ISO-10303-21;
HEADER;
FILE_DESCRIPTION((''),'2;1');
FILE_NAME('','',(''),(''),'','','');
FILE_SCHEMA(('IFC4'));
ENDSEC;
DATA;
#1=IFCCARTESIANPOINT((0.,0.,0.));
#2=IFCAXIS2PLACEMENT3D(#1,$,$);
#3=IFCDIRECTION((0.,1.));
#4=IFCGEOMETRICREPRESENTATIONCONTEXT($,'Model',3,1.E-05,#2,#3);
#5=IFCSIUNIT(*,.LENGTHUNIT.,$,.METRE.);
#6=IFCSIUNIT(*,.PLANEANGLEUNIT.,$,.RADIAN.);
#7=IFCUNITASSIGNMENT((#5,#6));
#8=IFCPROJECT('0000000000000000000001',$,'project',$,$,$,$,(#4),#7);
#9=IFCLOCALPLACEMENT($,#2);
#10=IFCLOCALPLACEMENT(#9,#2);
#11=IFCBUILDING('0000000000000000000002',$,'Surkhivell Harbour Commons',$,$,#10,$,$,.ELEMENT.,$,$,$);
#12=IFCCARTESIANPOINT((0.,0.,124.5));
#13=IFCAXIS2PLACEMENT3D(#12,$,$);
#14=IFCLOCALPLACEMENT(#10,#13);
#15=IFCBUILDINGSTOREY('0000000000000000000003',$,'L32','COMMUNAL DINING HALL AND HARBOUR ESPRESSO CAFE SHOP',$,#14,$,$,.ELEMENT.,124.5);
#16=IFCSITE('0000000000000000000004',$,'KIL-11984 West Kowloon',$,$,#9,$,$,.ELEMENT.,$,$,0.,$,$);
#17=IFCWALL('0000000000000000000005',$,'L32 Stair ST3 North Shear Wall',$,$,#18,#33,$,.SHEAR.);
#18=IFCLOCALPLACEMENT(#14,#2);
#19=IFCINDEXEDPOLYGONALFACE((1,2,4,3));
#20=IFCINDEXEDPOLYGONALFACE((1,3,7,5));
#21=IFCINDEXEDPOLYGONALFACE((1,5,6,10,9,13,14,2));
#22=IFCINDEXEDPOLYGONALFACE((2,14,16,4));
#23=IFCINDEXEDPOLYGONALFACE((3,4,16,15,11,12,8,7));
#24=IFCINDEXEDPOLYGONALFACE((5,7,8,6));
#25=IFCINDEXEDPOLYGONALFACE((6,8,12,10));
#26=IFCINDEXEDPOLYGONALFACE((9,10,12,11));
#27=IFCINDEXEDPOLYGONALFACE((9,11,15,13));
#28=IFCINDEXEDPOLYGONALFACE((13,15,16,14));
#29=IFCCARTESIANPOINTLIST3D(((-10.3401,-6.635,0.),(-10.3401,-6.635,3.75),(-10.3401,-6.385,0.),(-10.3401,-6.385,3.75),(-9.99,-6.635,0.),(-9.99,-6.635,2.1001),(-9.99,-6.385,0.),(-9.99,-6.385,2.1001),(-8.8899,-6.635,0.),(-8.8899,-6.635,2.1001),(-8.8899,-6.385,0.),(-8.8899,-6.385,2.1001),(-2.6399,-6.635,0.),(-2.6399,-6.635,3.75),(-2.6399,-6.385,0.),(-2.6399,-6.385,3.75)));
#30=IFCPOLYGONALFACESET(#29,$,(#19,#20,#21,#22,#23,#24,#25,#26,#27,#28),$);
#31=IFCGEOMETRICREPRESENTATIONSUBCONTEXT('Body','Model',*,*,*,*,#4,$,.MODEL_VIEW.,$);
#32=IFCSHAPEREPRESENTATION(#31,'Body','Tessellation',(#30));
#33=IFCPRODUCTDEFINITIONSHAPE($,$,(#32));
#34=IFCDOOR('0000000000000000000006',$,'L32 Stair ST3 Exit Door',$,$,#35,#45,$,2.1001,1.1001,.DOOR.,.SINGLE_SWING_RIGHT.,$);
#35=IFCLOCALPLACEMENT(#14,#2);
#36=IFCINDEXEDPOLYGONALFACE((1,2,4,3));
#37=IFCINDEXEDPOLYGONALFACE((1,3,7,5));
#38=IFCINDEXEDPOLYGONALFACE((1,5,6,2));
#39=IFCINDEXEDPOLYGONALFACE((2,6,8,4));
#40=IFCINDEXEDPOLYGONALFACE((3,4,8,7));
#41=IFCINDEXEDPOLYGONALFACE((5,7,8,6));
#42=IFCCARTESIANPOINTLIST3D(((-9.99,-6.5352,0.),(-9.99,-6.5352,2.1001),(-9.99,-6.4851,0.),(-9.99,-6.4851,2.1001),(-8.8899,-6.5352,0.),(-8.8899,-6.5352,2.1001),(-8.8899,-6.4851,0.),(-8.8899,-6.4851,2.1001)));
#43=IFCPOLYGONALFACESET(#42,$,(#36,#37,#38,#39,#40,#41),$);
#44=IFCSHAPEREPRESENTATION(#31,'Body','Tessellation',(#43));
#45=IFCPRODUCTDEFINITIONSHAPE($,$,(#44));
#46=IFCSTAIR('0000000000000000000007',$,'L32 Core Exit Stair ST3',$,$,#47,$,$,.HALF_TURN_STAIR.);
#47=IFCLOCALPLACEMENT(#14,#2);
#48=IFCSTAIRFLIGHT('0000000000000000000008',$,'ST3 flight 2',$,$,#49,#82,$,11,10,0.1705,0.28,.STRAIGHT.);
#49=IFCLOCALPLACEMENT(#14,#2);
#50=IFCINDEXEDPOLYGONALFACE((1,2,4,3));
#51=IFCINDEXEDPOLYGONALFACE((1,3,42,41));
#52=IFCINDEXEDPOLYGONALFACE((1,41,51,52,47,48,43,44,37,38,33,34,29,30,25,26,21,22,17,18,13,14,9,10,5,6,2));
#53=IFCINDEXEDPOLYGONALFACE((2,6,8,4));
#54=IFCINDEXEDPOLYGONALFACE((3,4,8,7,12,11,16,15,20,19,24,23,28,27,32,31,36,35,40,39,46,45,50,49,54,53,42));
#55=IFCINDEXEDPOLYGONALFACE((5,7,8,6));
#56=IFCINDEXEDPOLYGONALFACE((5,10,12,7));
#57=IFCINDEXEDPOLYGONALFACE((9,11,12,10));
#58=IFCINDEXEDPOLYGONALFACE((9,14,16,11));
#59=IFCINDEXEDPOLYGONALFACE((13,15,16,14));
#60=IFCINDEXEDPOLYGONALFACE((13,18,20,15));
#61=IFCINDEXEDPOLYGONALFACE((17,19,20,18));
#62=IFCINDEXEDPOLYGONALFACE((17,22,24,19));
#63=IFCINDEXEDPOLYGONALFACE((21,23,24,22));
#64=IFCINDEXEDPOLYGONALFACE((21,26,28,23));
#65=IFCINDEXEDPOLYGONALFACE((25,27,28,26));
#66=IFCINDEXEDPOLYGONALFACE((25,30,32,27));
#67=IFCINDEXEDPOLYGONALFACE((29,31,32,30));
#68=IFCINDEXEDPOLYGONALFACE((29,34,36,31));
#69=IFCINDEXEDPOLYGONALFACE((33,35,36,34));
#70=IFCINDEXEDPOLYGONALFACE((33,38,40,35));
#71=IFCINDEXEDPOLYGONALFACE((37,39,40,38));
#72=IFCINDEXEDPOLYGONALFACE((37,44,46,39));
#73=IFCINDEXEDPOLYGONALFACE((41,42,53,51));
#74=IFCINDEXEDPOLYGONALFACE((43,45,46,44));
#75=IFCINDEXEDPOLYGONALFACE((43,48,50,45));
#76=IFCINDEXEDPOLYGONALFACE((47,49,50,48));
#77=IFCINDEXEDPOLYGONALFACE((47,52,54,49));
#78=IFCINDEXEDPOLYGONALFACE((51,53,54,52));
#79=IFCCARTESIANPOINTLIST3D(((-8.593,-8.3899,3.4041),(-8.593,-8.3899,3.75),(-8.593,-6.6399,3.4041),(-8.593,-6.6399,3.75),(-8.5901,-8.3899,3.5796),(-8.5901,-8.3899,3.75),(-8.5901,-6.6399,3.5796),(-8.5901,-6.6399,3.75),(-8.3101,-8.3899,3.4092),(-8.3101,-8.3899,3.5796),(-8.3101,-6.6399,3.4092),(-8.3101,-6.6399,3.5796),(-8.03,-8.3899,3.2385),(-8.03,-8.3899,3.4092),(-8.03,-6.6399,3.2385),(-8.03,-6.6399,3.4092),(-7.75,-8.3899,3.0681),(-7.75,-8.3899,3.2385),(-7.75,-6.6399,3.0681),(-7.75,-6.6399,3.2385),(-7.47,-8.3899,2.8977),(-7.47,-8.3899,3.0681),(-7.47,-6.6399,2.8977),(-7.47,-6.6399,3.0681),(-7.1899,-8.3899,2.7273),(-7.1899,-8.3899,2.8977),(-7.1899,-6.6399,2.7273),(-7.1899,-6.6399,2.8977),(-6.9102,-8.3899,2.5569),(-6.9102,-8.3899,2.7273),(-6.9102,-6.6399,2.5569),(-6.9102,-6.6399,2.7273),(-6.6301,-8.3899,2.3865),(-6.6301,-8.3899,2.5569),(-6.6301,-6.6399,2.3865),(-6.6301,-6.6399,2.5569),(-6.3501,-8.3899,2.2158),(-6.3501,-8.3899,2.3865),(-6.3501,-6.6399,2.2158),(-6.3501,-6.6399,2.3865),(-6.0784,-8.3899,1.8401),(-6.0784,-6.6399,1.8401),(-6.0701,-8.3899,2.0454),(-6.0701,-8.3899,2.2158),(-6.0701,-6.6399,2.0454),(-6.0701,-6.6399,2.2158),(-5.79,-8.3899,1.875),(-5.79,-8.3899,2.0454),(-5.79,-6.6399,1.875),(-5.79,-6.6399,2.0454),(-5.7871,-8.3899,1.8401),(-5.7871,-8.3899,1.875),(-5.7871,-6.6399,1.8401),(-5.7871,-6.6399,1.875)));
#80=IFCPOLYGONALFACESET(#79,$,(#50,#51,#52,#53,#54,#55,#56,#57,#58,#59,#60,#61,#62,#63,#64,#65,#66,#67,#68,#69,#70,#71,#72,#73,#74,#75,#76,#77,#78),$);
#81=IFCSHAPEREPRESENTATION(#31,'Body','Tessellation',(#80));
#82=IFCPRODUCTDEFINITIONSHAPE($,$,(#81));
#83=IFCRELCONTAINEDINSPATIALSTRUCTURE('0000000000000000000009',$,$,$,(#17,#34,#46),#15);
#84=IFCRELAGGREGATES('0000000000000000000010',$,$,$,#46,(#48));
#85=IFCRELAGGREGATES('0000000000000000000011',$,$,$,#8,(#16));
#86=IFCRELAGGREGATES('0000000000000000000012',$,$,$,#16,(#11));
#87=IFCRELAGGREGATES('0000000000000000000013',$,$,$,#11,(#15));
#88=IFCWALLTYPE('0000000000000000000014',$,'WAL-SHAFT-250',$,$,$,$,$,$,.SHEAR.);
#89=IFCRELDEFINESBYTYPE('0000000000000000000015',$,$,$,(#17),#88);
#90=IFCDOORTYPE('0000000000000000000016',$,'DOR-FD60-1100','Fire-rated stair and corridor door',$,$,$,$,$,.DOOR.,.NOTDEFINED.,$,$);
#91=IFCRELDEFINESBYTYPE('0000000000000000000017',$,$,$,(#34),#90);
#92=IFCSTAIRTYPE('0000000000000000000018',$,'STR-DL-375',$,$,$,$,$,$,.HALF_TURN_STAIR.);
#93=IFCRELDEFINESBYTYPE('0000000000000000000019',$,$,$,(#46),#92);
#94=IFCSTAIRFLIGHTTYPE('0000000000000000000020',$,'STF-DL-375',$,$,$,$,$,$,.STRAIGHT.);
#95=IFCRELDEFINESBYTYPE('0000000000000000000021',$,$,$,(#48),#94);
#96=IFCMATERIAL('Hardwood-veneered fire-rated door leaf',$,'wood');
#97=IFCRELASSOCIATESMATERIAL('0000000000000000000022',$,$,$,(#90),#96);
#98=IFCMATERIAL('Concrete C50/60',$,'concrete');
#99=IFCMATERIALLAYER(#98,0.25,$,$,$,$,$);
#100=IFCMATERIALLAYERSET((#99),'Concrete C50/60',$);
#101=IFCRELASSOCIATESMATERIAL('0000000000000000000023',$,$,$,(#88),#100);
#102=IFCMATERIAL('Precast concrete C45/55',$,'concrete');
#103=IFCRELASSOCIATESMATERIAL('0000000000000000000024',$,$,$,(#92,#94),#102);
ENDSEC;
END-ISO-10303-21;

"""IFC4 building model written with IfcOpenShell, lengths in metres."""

from ifc_helpers import new_model, si_unit, direction, frame, frame_2d, origin, place, context, subcontext, project, spatial, polyline, rectangle, outline, extrude, material, layer, layer_set, type_object, element, fill, aggregate, save


model = new_model("IFC4")

# Units and contexts
model_context = context("Model", 3, precision=1e-05, world=origin(), true_north=direction((0.0, 1.0)))
body_context = subcontext(model_context, "Body", "Model", "MODEL_VIEW")
ifc_project = project(units=[si_unit("LENGTHUNIT", "METRE"), si_unit("PLANEANGLEUNIT", "RADIAN")], contexts=[model_context])

# Site, building, storey
site_placement = place(None, origin())
site = spatial("IfcSite", under=ifc_project, at=site_placement, Name="KIL-11984 West Kowloon", CompositionType="ELEMENT", RefElevation=0.0)
building_placement = place(site_placement, origin())
building = spatial("IfcBuilding", under=site, at=building_placement, Name="Surkhivell Harbour Commons", CompositionType="ELEMENT")
storey_placement = place(building_placement, frame((0.0, 0.0, 124.5)))
storey = spatial("IfcBuildingStorey", under=building, at=storey_placement, Name="L32", Description="COMMUNAL DINING HALL AND HARBOUR ESPRESSO CAFE SHOP", CompositionType="ELEMENT", Elevation=124.5)

# Shared definitions
ifc_material_1 = material(Name="Hardwood-veneered fire-rated door leaf", Category="wood")
door_type_1 = type_object("IfcDoorType", Name="DOR-FD60-1100", Description="Fire-rated stair and corridor door", OperationType="NOTDEFINED", PredefinedType="DOOR", material=ifc_material_1)

# Shared definitions
ifc_material_2 = material(Name="Concrete C50/60", Category="concrete")
ifc_layer_1 = layer(ifc_material_2, 0.25)
ifc_layer_set_1 = layer_set([ifc_layer_1], Name="Concrete C50/60")
wall_type_1 = type_object("IfcWallType", Name="WAL-SHAFT-250", PredefinedType="SHEAR", material=ifc_layer_set_1)

# Wall, opening, door
wall_1_placement = place(storey_placement, frame((-10.3401, -6.51, 0.0), z_axis=(0.0, 0.0, 1.0), x_axis=(1.0, 0.0, 0.0)))
wall_1 = element("IfcWall", 1, at=wall_1_placement, inside=storey, type_object=wall_type_1, Name="L32 Stair ST3 North Shear Wall", PredefinedType="SHEAR", context=body_context, shape_type="SweptSolid", body=[
    extrude(rectangle(XDim=7.7002, YDim=0.25, at=frame_2d((3.8501, 0.0))), origin(), (0.0, 0.0, 1.0), 3.75),
])
opening_1_placement = place(wall_1_placement, frame((0.3501, 0.0, 0.0)))
opening_1 = element("IfcOpeningElement", 2, at=opening_1_placement, cuts=wall_1, PredefinedType="OPENING", context=body_context, shape_type="SweptSolid", body=[
    extrude(rectangle(XDim=1.1001, YDim=2.1001, at=frame_2d((0.55, 1.05))), frame((0.0, 0.135, 0.0), z_axis=(0.0, -1.0, 0.0), x_axis=(1.0, 0.0, 0.0)), (0.0, 0.0, 1.0), 0.27),
])
door_1_placement = place(opening_1_placement, origin())
door_1 = element("IfcDoor", 3, at=door_1_placement, inside=storey, type_object=door_type_1, Name="L32 Stair ST3 Exit Door", OperationType="SINGLE_SWING_RIGHT", OverallHeight=2.1001, OverallWidth=1.1001, PredefinedType="DOOR", context=body_context, shape_type="SweptSolid", body=[
    extrude(rectangle(XDim=1.1001, YDim=2.1001, at=frame_2d((0.55, 1.05))), frame((0.0, 0.0249, 0.0), z_axis=(0.0, -1.0, 0.0), x_axis=(1.0, 0.0, 0.0)), (0.0, 0.0, 1.0), 0.05),
])
fill(opening_1, door_1)

# Stair, stair flight
ifc_material_3 = material(Name="Precast concrete C45/55", Category="concrete")
stair_type = type_object("IfcStairType", Name="STR-DL-375", PredefinedType="HALF_TURN_STAIR", material=ifc_material_3)
stair_placement = place(storey_placement, origin())
stair = element("IfcStair", 4, at=stair_placement, inside=storey, type_object=stair_type, Name="L32 Core Exit Stair ST3", PredefinedType="HALF_TURN_STAIR")
stair_flight_type = type_object("IfcStairFlightType", Name="STF-DL-375", PredefinedType="STRAIGHT", material=ifc_material_3)
stair_flight_placement = place(storey_placement, frame((-5.79, -7.5149, 1.875), z_axis=(0.0, 0.0, 1.0), x_axis=(-1.0, 0.0, 0.0)))
stair_flight = element("IfcStairFlight", 5, at=stair_flight_placement, type_object=stair_flight_type, Name="ST3 flight 2", NumberOfRisers=11, NumberOfTreads=10, PredefinedType="STRAIGHT", RiserHeight=0.1705, TreadLength=0.28, context=body_context, shape_type="SweptSolid", body=[
    extrude(outline(polyline([(-0.0029, -0.0349), (-0.0029, 0.0), (0.0, 0.0), (0.0, 0.1704), (0.28, 0.1704), (0.28, 0.3408), (0.5601, 0.3408), (0.5601, 0.5115), (0.8401, 0.5115), (0.8401, 0.6819), (1.1201, 0.6819), (1.1201, 0.8523), (1.3999, 0.8523), (1.3999, 1.0227), (1.6799, 1.0227), (1.6799, 1.1931), (1.96, 1.1931), (1.96, 1.3635), (2.24, 1.3635), (2.24, 1.5342), (2.52, 1.5342), (2.52, 1.7046), (2.8, 1.7046), (2.8, 1.875), (2.803, 1.875), (2.803, 1.5291), (0.2883, -0.0349), (-0.0029, -0.0349)])), frame((0.0, 0.875, 0.0), z_axis=(0.0, -1.0, 0.0), x_axis=(1.0, 0.0, 0.0)), (0.0, 0.0, 1.0), 1.75),
])
aggregate(stair, [stair_flight])

save(model, "model.ifc")
